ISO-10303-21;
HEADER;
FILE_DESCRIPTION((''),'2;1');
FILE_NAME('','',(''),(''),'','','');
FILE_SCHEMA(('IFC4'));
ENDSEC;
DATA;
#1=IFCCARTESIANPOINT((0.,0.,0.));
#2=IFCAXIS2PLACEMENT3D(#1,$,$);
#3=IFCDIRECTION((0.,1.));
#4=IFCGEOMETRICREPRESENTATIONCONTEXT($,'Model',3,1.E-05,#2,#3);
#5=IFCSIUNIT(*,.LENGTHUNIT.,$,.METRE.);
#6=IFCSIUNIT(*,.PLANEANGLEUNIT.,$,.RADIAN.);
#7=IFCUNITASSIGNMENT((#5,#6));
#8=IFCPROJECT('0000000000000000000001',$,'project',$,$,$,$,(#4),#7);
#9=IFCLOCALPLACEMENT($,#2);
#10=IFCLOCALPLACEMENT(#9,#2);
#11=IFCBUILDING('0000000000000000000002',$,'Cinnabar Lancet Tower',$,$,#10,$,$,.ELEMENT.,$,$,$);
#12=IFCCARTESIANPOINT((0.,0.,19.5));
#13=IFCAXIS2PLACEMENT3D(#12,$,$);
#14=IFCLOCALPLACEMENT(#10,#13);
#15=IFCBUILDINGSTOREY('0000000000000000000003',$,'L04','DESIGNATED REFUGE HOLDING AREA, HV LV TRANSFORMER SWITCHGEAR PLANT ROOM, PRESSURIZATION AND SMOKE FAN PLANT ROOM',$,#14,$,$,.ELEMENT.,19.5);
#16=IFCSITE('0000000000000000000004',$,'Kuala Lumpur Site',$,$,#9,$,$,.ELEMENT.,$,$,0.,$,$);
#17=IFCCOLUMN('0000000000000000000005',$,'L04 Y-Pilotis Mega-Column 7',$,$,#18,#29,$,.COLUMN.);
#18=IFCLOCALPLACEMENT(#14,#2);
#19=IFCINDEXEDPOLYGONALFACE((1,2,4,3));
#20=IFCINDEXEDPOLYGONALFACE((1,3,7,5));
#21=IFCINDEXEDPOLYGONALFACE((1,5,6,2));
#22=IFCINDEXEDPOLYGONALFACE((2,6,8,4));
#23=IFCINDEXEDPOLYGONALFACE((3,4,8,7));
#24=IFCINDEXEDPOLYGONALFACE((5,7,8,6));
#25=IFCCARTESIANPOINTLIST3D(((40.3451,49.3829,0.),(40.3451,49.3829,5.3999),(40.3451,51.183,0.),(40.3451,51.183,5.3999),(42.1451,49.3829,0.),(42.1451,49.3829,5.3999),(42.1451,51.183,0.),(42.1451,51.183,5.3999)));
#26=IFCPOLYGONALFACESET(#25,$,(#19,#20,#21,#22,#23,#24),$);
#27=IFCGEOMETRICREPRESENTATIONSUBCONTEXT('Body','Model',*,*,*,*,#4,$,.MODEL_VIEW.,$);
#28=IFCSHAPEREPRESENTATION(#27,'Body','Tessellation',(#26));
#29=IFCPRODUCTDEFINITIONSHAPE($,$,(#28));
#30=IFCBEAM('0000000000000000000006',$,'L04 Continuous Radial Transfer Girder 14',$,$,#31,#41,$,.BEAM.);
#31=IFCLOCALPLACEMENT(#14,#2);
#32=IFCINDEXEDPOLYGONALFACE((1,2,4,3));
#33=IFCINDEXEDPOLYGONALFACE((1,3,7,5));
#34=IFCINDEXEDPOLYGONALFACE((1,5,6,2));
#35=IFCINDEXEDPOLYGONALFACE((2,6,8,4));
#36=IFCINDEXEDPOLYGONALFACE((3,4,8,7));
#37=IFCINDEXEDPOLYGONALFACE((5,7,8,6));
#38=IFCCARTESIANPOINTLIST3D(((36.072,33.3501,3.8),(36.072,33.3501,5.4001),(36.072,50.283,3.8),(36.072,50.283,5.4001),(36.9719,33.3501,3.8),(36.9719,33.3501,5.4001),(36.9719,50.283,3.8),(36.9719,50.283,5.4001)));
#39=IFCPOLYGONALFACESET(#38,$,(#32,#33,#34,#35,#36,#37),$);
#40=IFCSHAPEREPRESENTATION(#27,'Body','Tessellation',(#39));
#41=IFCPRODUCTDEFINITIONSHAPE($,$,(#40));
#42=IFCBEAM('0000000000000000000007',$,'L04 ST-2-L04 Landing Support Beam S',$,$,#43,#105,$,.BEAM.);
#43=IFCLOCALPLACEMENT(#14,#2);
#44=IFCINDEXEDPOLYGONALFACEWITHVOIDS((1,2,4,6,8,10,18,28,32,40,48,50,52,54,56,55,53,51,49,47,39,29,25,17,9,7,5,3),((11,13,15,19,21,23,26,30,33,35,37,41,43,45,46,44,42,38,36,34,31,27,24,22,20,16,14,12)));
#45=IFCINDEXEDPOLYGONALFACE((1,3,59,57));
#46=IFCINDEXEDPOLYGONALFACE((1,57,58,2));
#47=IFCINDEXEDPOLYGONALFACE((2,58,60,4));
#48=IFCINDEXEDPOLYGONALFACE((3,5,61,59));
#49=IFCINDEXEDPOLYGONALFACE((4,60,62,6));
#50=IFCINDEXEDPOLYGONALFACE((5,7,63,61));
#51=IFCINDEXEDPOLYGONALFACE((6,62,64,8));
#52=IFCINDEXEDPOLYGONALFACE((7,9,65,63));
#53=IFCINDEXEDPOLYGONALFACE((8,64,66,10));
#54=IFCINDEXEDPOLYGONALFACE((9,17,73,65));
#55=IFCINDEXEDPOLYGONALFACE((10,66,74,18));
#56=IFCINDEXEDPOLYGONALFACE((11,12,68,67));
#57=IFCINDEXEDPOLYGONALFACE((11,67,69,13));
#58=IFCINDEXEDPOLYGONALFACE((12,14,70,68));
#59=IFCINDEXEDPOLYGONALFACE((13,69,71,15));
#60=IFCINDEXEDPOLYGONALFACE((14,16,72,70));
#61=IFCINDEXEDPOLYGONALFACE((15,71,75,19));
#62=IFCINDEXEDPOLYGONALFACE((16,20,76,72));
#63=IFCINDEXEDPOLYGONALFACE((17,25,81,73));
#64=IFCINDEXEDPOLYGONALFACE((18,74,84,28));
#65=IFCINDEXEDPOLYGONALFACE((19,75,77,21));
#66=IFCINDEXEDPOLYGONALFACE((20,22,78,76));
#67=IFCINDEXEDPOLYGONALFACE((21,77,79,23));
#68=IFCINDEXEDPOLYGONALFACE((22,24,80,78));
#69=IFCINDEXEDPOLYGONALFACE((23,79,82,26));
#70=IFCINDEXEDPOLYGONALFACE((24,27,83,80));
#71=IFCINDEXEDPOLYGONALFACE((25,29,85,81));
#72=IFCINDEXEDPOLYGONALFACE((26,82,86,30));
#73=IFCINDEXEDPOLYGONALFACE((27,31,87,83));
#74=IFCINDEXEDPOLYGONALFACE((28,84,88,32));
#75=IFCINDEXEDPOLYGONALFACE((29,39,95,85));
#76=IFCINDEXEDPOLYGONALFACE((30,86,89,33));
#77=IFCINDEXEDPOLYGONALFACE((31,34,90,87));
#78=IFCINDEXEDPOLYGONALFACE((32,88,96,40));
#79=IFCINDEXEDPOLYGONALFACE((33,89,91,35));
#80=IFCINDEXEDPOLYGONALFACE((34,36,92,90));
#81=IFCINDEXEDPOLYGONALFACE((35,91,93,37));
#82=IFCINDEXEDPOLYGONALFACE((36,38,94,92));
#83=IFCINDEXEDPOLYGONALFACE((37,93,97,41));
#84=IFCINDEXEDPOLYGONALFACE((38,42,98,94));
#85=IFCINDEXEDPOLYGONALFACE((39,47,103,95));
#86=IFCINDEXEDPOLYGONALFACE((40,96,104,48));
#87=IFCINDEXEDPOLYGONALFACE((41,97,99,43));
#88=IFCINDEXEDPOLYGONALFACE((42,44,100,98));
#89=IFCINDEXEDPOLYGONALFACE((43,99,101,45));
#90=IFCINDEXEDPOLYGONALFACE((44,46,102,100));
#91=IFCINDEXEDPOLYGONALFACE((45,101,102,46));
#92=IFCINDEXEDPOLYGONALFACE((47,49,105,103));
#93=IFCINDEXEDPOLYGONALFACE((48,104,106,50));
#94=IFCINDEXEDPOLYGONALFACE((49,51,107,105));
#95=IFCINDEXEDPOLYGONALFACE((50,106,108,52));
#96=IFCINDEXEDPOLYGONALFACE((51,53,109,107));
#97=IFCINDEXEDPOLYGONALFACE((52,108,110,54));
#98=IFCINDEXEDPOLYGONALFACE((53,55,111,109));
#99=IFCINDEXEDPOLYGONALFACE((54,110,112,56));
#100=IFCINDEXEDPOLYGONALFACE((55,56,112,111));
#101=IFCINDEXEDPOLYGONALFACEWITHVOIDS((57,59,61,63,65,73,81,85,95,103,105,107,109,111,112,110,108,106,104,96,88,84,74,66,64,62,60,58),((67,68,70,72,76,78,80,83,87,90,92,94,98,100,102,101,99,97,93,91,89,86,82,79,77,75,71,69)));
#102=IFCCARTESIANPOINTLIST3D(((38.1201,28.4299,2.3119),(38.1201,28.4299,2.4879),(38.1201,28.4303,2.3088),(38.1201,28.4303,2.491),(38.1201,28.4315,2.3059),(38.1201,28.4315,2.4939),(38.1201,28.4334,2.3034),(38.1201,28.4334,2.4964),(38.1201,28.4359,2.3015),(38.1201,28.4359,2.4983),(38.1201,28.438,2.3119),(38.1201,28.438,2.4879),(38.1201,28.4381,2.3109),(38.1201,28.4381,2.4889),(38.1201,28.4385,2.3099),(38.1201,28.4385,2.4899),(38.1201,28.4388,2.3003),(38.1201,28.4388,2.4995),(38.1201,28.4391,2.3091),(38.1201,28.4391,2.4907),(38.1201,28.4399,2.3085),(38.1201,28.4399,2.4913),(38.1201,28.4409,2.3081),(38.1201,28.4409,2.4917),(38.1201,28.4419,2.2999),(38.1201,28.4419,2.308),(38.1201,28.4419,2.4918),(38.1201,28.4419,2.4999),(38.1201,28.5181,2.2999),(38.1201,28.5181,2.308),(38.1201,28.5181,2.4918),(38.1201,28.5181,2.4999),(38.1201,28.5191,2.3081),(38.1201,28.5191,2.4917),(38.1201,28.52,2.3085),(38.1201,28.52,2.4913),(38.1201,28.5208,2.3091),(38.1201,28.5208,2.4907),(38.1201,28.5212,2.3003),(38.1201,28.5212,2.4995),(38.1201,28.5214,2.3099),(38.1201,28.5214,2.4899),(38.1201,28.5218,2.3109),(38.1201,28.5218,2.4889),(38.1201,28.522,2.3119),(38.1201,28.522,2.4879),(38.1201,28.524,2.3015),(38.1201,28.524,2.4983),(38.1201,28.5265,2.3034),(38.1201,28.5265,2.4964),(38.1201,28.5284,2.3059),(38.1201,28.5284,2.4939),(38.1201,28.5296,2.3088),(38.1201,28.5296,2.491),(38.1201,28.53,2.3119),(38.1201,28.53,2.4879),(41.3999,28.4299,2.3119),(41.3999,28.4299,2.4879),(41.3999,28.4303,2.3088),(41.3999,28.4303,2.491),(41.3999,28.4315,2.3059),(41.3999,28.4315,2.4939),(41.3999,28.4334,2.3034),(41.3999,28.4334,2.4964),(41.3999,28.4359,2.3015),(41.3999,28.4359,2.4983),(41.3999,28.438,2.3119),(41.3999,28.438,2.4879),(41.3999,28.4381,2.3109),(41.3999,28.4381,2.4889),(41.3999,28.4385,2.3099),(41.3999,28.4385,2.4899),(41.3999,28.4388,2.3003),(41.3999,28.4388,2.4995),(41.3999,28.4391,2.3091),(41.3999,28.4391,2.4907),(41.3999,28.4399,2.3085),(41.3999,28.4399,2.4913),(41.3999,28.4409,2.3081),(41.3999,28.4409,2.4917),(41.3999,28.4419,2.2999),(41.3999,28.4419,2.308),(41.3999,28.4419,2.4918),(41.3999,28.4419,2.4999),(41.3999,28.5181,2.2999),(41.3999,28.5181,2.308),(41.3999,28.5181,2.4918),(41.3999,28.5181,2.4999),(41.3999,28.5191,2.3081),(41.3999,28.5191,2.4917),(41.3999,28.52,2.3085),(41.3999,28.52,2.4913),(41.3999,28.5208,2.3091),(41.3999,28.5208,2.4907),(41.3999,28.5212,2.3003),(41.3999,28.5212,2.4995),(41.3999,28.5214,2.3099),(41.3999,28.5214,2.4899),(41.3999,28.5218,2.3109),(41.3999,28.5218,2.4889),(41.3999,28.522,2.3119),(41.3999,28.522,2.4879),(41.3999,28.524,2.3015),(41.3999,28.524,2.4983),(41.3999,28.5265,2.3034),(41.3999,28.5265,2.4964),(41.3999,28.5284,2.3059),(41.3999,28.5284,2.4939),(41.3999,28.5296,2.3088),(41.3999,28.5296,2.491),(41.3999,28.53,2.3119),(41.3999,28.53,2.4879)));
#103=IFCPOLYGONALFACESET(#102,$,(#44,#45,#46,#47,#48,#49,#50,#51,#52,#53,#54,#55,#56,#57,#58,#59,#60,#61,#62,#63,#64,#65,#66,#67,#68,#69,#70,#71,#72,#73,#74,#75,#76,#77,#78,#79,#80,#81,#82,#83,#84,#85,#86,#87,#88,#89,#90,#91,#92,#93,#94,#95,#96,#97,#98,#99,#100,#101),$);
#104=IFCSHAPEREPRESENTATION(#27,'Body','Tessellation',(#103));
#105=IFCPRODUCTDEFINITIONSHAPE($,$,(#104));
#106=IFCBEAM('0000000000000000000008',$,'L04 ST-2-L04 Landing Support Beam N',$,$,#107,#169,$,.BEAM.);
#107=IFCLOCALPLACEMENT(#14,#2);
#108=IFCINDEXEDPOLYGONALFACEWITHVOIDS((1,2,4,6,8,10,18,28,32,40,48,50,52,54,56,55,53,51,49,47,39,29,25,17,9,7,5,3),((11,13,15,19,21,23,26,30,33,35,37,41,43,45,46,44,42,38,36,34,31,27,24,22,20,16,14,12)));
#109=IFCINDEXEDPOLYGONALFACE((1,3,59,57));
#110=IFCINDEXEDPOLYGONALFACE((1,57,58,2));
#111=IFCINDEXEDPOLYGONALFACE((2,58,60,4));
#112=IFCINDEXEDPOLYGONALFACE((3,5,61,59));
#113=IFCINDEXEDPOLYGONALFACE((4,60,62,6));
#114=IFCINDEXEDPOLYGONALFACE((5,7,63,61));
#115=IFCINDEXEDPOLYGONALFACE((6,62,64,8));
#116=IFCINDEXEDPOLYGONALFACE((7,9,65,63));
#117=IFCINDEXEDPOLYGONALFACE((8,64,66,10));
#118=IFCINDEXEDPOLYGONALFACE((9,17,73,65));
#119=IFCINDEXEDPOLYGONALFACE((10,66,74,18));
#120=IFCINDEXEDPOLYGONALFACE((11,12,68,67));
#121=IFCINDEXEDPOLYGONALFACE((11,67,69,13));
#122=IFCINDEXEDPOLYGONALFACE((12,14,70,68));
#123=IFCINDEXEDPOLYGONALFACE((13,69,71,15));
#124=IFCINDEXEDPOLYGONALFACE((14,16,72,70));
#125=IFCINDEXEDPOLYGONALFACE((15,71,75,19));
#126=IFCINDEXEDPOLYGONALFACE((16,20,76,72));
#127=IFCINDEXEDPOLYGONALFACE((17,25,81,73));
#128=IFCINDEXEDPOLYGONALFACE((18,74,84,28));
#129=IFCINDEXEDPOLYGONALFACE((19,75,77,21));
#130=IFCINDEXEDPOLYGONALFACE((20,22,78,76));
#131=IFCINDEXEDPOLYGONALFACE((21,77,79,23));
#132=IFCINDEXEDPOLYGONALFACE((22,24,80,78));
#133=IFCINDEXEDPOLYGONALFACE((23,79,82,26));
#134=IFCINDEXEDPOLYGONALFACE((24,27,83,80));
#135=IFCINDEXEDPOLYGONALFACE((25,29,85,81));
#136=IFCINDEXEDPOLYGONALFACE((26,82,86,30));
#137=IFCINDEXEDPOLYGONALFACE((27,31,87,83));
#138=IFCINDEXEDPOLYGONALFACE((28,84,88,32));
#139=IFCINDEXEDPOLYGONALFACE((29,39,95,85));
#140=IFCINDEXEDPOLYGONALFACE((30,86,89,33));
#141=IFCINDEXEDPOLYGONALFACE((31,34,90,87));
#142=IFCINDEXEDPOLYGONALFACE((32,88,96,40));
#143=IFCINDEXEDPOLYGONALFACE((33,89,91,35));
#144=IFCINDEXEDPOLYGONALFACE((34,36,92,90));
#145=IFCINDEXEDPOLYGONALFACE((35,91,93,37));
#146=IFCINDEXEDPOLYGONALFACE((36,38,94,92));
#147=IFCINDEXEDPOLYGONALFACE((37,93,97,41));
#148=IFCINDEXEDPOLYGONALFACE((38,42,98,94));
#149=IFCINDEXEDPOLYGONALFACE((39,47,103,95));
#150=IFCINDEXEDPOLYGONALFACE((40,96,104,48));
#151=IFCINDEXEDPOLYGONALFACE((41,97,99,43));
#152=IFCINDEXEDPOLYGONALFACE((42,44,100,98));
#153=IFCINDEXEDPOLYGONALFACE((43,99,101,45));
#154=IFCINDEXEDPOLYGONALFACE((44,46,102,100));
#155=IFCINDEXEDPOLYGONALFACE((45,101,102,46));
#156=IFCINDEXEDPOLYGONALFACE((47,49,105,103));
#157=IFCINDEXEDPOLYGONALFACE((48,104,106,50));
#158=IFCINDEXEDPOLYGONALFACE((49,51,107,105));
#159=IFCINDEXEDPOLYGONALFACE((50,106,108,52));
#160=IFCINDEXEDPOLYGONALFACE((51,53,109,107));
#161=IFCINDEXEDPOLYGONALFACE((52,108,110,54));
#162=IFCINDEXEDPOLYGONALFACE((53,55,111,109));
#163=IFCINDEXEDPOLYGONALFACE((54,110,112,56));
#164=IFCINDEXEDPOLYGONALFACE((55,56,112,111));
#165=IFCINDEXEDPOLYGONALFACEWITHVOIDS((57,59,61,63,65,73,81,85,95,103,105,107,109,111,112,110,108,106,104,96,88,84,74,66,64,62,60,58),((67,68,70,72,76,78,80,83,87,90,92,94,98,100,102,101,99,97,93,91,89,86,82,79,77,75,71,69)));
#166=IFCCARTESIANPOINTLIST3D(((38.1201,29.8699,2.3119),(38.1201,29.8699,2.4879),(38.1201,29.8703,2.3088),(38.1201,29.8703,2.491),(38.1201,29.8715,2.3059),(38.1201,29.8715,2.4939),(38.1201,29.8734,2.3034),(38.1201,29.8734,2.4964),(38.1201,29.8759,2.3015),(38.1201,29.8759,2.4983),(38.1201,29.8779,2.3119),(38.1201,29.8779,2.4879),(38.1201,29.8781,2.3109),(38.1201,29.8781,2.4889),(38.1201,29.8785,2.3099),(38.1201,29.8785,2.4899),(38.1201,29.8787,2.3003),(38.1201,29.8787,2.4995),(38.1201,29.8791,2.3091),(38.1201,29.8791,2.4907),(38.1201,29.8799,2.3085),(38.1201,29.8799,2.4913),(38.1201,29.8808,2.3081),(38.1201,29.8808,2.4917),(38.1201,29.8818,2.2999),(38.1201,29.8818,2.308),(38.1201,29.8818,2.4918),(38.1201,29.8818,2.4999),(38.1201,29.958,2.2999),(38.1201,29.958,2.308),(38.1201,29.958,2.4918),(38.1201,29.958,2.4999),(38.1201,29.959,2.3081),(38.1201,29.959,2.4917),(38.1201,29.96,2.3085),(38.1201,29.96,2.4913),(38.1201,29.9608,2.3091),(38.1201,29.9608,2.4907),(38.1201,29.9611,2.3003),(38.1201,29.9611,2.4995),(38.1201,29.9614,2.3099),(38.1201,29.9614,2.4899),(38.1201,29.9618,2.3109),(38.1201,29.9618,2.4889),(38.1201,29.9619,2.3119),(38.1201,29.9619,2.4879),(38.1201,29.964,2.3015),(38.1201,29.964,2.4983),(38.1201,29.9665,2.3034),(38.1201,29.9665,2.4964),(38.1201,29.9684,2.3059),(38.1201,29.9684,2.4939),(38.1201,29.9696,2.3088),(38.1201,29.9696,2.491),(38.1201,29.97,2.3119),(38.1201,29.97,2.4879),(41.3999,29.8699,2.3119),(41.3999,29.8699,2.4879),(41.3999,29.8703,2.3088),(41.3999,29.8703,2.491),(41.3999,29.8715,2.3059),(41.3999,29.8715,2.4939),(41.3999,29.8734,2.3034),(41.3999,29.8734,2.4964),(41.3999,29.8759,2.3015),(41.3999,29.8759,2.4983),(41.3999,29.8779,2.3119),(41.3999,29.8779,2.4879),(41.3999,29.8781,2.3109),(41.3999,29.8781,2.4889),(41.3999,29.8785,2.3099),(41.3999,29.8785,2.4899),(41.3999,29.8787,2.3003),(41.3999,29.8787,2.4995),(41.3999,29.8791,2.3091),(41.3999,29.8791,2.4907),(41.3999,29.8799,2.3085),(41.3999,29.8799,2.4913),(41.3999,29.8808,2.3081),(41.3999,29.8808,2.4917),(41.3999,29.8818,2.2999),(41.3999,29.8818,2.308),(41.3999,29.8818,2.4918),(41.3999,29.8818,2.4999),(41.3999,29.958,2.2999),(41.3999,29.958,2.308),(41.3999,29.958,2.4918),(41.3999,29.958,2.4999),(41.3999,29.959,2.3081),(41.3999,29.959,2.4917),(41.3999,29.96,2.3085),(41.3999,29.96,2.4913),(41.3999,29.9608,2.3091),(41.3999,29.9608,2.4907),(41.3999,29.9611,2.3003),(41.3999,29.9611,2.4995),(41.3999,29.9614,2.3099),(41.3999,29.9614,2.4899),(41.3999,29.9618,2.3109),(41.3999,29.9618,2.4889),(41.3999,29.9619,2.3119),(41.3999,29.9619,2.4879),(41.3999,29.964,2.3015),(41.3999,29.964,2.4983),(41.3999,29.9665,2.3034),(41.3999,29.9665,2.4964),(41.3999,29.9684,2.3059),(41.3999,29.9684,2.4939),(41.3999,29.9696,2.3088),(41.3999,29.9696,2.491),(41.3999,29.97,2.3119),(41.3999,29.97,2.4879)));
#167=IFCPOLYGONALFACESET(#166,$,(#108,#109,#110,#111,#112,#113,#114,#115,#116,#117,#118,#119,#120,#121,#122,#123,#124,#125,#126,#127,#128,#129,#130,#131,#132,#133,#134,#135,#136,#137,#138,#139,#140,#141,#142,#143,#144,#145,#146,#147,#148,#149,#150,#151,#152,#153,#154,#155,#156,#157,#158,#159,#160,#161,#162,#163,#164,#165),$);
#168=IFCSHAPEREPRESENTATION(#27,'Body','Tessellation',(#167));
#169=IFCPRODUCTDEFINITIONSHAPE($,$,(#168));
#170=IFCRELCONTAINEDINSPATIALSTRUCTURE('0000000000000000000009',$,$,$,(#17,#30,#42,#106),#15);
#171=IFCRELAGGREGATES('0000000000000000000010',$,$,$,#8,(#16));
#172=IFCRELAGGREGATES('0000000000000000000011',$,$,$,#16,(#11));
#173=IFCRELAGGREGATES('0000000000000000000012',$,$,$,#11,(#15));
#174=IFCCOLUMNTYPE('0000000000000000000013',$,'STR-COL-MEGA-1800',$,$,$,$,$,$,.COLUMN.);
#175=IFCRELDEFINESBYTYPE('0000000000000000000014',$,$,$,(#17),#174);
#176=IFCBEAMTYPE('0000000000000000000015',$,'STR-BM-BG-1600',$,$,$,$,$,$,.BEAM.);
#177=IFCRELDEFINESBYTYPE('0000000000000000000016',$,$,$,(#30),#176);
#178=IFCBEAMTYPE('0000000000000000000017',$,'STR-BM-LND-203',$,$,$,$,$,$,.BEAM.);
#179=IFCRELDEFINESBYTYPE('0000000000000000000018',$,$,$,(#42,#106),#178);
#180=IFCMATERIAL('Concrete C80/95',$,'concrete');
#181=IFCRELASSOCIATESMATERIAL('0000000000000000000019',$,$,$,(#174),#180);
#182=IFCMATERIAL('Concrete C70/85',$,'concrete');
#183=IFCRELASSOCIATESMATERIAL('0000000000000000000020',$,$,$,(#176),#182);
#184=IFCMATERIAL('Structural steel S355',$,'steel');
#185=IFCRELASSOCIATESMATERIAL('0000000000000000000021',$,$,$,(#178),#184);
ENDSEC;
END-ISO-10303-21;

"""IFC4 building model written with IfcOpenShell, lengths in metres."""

from ifc_helpers import new_model, si_unit, direction, frame, origin, origin_2d, place, context, subcontext, project, spatial, rectangle, hollow_rectangle, extrude, material, material_profile, profile_set, type_object, element, save


model = new_model("IFC4")

# Units and contexts
model_context = context("Model", 3, precision=1e-05, world=origin(), true_north=direction((0.0, 1.0)))
body_context = subcontext(model_context, "Body", "Model", "MODEL_VIEW")
ifc_project = project(units=[si_unit("LENGTHUNIT", "METRE"), si_unit("PLANEANGLEUNIT", "RADIAN")], contexts=[model_context])

# Site, building, storey
site_placement = place(None, origin())
site = spatial("IfcSite", under=ifc_project, at=site_placement, Name="Kuala Lumpur Site", CompositionType="ELEMENT", RefElevation=0.0)
building_placement = place(site_placement, origin())
building = spatial("IfcBuilding", under=site, at=building_placement, Name="Cinnabar Lancet Tower", CompositionType="ELEMENT")
storey_placement = place(building_placement, frame((0.0, 0.0, 19.5)))
storey = spatial("IfcBuildingStorey", under=building, at=storey_placement, Name="L04", Description="DESIGNATED REFUGE HOLDING AREA, HV LV TRANSFORMER SWITCHGEAR PLANT ROOM, PRESSURIZATION AND SMOKE FAN PLANT ROOM", CompositionType="ELEMENT", Elevation=19.5)

# Column
ifc_material_1 = material(Name="Concrete C80/95", Category="concrete")
ifc_material_profile_1 = material_profile(ifc_material_1, rectangle(XDim=1.8, YDim=1.8, at=origin_2d()), Name="RC-MEGA 1800x1800")
ifc_profile_set_1 = profile_set([ifc_material_profile_1], Name="Concrete C80/95")
column_type = type_object("IfcColumnType", Name="STR-COL-MEGA-1800", PredefinedType="COLUMN", material=ifc_profile_set_1)
column_placement = place(storey_placement, frame((41.2451, 50.283, 0.0), z_axis=(0.0, 0.0, 1.0), x_axis=(1.0, 0.0, 0.0)))
element("IfcColumn", 1, at=column_placement, inside=storey, type_object=column_type, Name="L04 Y-Pilotis Mega-Column 7", PredefinedType="COLUMN", context=body_context, shape_type="SweptSolid", body=[
    extrude(rectangle(XDim=1.8, YDim=1.8, at=origin_2d()), origin(), (0.0, 0.0, 1.0), 5.3999),
])

# Beams
ifc_material_2 = material(Name="Concrete C70/85", Category="concrete")
ifc_material_profile_2 = material_profile(ifc_material_2, rectangle(XDim=0.8999, YDim=1.6001, at=origin_2d()), Name="RC-BG 900x1600")
ifc_profile_set_2 = profile_set([ifc_material_profile_2], Name="Concrete C70/85")
beam_type_1 = type_object("IfcBeamType", Name="STR-BM-BG-1600", PredefinedType="BEAM", material=ifc_profile_set_2)
beam_1_placement = place(storey_placement, frame((36.522, 50.283, 4.6001), z_axis=(0.0, -1.0, 0.0), x_axis=(1.0, 0.0, 0.0)))
element("IfcBeam", 2, at=beam_1_placement, inside=storey, type_object=beam_type_1, Name="L04 Continuous Radial Transfer Girder 14", PredefinedType="BEAM", context=body_context, shape_type="SweptSolid", body=[
    extrude(rectangle(XDim=0.8999, YDim=1.6001, at=origin_2d()), origin(), (0.0, 0.0, 1.0), 16.9329),
])
ifc_material_3 = material(Name="Structural steel S355", Category="steel")
ifc_material_profile_3 = material_profile(ifc_material_3, hollow_rectangle(XDim=0.1001, YDim=0.2, WallThickness=0.0081, InnerFilletRadius=0.0039, OuterFilletRadius=0.012, at=origin_2d()), Name="RHS 200x100x8")
ifc_profile_set_3 = profile_set([ifc_material_profile_3], Name="Structural steel S355")
beam_type_2 = type_object("IfcBeamType", Name="STR-BM-LND-203", PredefinedType="BEAM", material=ifc_profile_set_3)
for number, where, z_axis, x_axis, name in (
    (3, (38.1201, 28.48, 2.3999), (1.0, 0.0, 0.0), (0.0, 1.0, 0.0), "L04 ST-2-L04 Landing Support Beam S"),
    (4, (38.1201, 29.9199, 2.3999), (1.0, 0.0, 0.0), (0.0, 1.0, 0.0), "L04 ST-2-L04 Landing Support Beam N"),
):
    element("IfcBeam", number, at=place(storey_placement, frame(where, z_axis=z_axis, x_axis=x_axis)), inside=storey, type_object=beam_type_2, Name=name, PredefinedType="BEAM", context=body_context, shape_type="SweptSolid", body=[
        extrude(hollow_rectangle(XDim=0.1001, YDim=0.2, WallThickness=0.0081, InnerFilletRadius=0.0039, OuterFilletRadius=0.012, at=origin_2d()), origin(), (0.0, 0.0, 1.0), 3.2798),
    ])

save(model, "model.ifc")
